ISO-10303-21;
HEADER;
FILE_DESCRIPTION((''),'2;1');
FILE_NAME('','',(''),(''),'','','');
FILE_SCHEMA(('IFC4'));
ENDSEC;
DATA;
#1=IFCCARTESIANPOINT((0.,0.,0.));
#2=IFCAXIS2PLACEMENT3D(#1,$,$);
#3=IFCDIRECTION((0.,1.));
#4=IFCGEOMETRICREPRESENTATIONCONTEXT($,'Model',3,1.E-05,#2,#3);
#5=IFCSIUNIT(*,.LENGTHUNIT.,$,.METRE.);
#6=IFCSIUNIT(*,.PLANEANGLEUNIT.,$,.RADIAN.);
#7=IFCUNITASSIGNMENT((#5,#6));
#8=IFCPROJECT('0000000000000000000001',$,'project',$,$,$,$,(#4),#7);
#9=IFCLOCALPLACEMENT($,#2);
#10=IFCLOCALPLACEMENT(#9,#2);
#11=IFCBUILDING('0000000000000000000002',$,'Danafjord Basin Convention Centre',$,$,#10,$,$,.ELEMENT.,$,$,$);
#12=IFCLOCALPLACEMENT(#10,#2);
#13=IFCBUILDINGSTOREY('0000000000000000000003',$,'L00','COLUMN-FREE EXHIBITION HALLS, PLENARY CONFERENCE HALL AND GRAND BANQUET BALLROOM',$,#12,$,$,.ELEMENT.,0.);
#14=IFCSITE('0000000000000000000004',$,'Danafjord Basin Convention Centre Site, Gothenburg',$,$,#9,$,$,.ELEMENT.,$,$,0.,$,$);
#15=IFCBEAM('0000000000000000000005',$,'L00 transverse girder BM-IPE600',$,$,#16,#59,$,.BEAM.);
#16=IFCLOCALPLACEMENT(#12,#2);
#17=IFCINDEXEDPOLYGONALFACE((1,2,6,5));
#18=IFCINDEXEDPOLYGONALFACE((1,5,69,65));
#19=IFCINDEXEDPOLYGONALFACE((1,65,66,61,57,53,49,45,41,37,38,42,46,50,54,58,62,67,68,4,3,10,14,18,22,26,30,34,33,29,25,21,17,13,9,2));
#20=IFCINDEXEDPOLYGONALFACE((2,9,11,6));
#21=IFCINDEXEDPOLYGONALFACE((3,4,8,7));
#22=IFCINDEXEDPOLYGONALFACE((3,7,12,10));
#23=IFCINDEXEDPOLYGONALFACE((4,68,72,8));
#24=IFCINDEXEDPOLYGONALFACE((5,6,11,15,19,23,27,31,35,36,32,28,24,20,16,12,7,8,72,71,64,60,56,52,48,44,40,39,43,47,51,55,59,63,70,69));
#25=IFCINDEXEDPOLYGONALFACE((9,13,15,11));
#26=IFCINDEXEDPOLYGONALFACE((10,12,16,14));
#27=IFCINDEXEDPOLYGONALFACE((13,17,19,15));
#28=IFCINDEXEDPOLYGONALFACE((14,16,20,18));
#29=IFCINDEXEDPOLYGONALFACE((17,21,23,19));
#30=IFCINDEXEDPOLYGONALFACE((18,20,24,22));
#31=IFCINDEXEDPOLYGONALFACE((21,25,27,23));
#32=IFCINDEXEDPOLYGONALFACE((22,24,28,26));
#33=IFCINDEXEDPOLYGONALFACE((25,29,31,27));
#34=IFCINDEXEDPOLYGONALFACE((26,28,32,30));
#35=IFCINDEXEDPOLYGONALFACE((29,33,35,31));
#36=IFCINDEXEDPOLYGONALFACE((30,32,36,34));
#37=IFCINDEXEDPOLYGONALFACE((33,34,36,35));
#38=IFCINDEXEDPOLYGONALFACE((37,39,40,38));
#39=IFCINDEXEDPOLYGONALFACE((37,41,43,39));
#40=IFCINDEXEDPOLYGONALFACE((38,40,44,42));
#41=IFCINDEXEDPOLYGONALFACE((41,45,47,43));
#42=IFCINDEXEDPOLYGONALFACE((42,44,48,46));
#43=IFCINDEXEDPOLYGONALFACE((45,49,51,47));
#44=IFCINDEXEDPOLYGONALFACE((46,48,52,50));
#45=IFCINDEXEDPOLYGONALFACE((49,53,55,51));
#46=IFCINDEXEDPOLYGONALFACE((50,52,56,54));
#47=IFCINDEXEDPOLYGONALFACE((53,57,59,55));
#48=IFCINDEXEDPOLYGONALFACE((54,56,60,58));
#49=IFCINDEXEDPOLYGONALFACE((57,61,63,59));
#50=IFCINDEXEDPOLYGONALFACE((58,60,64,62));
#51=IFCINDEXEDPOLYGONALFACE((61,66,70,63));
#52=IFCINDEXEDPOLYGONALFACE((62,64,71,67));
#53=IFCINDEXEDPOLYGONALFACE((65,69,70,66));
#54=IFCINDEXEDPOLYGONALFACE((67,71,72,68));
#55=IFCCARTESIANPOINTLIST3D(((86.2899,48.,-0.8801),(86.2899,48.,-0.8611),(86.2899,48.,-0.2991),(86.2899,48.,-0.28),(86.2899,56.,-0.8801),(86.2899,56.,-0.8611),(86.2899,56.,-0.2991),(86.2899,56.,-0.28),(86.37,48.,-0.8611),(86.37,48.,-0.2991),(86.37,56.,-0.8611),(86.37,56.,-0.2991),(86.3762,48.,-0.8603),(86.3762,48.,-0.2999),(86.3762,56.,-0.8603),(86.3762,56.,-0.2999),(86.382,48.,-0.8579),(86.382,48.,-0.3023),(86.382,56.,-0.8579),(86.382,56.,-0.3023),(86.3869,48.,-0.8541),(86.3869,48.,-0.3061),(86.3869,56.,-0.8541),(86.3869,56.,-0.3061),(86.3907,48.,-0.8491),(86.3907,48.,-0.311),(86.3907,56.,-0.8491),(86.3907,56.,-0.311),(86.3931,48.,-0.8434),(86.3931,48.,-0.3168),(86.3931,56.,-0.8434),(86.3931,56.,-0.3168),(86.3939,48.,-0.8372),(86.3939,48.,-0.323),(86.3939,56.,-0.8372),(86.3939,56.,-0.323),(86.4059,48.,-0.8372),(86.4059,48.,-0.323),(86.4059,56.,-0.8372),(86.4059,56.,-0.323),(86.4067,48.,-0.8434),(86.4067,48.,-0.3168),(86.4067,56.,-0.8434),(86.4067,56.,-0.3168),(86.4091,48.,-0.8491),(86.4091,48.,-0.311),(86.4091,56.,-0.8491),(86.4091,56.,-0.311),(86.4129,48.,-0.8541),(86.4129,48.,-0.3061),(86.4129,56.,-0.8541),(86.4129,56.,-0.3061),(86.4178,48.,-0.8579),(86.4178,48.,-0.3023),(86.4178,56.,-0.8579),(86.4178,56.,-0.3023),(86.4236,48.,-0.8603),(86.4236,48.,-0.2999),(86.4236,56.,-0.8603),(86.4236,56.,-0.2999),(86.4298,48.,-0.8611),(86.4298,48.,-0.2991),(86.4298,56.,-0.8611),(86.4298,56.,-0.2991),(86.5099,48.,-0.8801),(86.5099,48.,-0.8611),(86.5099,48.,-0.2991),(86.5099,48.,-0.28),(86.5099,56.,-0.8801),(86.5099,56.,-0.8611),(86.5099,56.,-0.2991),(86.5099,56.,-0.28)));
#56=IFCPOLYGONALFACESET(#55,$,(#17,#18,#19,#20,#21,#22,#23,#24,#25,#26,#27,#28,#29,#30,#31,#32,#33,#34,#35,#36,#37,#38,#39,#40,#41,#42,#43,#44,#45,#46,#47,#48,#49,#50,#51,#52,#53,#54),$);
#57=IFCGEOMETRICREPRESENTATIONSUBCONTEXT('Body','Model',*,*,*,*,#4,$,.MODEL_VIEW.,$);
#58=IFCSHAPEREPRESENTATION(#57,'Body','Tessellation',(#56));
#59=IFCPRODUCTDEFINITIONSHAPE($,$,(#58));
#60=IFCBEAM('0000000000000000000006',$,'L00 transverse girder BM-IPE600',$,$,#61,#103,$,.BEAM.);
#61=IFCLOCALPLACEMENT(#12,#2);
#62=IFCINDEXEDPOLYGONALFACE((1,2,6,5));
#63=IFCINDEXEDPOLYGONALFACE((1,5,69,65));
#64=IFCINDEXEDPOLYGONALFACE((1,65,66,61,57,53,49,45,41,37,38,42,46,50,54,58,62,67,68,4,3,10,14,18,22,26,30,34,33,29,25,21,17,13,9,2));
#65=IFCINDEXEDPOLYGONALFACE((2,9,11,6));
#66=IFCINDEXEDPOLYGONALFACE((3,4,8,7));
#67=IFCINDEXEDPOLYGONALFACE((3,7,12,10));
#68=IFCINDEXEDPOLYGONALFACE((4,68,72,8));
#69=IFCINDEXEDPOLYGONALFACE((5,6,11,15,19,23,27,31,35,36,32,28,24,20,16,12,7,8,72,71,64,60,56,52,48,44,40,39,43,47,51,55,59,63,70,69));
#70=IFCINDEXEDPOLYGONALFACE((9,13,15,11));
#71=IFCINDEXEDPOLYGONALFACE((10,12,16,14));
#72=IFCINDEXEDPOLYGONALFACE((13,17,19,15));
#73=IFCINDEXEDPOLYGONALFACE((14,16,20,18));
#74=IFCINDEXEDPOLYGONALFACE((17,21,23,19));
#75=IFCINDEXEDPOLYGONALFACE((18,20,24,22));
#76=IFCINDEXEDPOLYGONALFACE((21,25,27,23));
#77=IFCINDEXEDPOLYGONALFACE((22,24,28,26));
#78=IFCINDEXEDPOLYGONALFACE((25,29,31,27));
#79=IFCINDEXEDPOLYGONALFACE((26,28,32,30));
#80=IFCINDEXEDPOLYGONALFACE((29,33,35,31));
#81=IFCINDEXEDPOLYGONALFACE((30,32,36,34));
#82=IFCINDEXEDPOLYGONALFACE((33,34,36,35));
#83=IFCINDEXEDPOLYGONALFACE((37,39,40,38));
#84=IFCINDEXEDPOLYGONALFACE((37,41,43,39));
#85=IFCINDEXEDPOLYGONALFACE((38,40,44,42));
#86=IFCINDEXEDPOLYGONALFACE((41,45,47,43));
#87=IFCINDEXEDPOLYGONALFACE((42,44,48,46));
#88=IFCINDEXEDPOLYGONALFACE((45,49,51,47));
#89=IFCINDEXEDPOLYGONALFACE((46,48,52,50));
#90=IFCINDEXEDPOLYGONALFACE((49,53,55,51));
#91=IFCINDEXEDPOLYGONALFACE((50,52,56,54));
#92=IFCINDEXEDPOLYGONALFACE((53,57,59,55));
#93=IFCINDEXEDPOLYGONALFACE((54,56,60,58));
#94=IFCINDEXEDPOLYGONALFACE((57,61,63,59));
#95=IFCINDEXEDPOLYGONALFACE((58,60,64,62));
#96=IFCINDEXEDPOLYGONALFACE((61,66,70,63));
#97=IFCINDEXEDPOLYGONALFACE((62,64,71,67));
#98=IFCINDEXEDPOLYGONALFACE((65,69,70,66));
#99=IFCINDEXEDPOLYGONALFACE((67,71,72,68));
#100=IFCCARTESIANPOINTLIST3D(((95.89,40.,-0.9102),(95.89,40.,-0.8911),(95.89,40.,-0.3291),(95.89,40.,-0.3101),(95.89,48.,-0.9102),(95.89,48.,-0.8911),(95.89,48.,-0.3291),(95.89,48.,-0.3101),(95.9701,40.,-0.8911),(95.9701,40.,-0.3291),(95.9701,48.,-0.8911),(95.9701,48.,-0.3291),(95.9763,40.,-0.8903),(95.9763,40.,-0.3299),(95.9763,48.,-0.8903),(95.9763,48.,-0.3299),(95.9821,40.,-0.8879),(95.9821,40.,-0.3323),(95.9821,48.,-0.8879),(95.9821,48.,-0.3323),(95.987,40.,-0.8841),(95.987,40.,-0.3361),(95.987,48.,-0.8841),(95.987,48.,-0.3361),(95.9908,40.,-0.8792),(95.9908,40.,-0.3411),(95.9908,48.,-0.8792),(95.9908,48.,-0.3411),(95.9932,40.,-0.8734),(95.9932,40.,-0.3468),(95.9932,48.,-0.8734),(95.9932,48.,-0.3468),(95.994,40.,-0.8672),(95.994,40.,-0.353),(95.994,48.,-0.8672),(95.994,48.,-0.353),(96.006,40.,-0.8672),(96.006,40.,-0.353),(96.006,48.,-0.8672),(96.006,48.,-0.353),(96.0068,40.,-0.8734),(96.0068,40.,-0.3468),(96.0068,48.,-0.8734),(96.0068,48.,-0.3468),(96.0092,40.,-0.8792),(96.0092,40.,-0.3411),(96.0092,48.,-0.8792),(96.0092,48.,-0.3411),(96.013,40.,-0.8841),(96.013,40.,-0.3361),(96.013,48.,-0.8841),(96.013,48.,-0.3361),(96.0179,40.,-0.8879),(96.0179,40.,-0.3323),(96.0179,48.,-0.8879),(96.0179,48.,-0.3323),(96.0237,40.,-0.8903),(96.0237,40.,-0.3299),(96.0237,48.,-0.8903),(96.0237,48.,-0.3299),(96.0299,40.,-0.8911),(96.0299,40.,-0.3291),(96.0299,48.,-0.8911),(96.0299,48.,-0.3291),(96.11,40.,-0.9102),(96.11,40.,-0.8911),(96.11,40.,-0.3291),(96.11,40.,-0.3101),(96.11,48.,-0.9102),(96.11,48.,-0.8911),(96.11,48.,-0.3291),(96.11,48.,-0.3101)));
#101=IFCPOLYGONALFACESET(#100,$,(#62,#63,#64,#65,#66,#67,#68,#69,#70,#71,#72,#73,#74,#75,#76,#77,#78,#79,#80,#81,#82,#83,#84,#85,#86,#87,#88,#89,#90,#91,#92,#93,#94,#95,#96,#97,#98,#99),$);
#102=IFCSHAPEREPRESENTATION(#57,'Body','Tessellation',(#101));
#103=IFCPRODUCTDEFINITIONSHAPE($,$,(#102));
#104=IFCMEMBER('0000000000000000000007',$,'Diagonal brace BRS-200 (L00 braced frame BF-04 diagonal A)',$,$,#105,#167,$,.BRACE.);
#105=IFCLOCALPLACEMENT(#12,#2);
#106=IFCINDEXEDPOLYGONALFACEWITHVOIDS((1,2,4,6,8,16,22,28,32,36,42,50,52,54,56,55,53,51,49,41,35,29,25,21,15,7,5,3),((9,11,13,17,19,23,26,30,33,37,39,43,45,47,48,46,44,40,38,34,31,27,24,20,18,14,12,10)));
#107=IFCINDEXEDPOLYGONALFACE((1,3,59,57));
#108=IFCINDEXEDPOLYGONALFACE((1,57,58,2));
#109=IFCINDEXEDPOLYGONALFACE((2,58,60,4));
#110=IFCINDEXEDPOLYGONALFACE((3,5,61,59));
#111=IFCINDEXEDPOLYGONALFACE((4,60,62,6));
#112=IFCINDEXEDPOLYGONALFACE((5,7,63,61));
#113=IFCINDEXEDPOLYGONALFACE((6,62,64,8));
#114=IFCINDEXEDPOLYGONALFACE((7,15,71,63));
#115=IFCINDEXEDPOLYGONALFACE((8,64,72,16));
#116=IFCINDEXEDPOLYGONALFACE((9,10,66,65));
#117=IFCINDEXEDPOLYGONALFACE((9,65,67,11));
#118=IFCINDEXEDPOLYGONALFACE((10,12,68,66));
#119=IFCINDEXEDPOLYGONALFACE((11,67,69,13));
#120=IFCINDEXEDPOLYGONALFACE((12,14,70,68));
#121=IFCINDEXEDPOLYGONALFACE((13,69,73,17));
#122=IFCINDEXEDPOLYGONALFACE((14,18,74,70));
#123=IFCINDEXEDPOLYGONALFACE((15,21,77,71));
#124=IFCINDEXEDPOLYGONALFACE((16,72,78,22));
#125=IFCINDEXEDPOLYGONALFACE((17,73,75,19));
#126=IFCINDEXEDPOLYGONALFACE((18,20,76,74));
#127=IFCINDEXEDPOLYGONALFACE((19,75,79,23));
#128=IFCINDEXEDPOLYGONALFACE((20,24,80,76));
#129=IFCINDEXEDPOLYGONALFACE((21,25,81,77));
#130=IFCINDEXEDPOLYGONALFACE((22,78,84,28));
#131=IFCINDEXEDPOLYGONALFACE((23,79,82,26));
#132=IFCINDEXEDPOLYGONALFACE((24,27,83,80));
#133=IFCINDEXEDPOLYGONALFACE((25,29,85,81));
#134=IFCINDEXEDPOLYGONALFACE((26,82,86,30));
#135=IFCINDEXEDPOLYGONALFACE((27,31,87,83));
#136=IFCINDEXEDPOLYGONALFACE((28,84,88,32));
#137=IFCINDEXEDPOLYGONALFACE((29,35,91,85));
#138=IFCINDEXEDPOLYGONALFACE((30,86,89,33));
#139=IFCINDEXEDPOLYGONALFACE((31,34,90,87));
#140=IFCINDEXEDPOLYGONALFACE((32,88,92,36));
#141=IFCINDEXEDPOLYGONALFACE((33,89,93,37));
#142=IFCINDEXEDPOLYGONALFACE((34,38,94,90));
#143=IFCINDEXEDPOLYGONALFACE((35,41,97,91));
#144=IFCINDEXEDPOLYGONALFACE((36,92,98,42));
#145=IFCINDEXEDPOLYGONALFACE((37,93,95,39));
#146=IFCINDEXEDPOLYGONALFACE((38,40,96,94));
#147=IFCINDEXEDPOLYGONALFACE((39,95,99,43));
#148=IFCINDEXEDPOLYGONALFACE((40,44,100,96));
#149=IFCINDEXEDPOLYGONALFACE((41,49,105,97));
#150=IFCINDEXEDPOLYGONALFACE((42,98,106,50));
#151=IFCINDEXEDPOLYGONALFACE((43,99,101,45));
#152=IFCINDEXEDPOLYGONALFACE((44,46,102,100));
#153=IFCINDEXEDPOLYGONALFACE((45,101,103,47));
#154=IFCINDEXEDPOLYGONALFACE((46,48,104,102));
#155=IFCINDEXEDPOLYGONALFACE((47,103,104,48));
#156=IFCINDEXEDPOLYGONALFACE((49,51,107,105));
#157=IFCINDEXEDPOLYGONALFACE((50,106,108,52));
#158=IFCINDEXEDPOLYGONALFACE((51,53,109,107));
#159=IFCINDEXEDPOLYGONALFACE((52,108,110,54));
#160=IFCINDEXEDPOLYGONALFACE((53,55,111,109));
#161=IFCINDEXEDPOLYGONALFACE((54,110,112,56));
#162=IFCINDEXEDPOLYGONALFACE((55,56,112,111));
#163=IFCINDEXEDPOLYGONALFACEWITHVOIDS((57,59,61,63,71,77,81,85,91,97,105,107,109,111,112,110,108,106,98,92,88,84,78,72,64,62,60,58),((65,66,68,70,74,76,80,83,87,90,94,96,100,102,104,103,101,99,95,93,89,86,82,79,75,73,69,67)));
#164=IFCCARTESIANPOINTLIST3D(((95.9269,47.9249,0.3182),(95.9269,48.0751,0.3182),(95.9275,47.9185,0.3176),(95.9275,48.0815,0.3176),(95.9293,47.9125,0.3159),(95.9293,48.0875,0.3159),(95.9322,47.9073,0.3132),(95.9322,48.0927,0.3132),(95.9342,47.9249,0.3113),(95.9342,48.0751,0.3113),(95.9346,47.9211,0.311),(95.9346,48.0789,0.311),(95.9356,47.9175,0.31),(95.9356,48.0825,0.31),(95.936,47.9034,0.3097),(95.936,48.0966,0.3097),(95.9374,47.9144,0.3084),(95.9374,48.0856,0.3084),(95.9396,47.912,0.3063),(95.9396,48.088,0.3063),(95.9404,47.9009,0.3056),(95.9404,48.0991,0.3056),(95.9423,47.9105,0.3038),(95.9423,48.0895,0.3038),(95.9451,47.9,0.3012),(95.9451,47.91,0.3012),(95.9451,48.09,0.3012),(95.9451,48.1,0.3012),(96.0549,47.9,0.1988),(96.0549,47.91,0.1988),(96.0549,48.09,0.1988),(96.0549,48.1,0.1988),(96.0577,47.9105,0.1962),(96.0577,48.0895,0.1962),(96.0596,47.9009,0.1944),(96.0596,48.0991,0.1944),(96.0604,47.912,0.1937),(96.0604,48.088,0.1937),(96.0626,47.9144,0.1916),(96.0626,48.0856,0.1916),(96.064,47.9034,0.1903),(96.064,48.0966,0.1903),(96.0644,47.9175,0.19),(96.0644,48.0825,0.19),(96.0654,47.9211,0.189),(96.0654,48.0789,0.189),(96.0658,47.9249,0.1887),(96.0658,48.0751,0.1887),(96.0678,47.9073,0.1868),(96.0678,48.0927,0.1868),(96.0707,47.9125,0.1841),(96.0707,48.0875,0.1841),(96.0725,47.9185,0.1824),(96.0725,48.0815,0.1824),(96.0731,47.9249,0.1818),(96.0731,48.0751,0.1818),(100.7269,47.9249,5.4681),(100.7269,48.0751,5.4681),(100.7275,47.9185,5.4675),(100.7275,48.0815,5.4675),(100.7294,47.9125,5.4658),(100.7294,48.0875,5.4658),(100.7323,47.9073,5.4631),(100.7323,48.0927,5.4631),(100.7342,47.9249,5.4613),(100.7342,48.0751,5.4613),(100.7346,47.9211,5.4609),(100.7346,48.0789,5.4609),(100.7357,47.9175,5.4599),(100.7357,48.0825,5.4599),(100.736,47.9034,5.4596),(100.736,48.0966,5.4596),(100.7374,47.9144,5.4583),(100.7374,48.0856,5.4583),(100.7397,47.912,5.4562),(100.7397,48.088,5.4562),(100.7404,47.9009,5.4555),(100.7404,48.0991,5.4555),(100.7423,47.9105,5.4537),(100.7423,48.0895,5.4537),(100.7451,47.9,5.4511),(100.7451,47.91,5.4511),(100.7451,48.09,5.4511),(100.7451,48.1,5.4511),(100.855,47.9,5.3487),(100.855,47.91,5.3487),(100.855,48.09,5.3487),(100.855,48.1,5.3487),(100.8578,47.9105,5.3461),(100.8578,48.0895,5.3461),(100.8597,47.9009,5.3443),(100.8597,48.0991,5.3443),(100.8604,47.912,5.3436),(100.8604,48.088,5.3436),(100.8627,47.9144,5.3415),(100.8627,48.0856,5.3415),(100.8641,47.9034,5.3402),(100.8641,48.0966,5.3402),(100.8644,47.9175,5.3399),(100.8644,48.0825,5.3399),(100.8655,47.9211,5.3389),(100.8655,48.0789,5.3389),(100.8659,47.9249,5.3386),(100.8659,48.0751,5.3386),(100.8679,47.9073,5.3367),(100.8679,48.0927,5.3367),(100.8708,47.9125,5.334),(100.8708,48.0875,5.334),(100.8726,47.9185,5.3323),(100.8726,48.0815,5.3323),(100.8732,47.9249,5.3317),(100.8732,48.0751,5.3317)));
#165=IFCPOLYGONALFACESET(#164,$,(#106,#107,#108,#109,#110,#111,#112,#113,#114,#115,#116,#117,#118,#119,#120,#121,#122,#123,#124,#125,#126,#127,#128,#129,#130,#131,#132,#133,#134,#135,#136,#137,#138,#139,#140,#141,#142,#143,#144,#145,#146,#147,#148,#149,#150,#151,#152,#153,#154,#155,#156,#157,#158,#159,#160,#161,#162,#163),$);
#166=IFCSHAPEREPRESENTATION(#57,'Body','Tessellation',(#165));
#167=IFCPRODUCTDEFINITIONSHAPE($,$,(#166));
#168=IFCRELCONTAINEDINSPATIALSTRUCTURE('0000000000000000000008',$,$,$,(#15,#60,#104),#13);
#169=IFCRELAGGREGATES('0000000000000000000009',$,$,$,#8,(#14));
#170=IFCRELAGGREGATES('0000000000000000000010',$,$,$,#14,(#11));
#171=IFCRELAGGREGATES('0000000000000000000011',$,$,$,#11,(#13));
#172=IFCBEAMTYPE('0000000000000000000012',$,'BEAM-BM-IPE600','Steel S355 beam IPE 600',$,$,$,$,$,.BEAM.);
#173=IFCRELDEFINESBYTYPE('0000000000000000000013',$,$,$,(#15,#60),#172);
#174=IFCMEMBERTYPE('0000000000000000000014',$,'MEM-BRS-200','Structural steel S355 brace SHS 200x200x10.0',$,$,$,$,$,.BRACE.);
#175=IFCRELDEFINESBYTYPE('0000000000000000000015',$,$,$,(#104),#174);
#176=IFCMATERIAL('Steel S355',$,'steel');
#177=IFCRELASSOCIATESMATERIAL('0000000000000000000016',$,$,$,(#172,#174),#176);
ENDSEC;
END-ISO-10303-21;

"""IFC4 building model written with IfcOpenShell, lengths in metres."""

from ifc_helpers import new_model, si_unit, direction, frame, origin, origin_2d, place, context, subcontext, project, spatial, hollow_rectangle, i_section, extrude, material, material_profile, profile_set, type_object, element, save


model = new_model("IFC4")

# Units and contexts
model_context = context("Model", 3, precision=1e-05, world=origin(), true_north=direction((0.0, 1.0)))
body_context = subcontext(model_context, "Body", "Model", "MODEL_VIEW")
ifc_project = project(units=[si_unit("LENGTHUNIT", "METRE"), si_unit("PLANEANGLEUNIT", "RADIAN")], contexts=[model_context])

# Site, building, storey
site_placement = place(None, origin())
site = spatial("IfcSite", under=ifc_project, at=site_placement, Name="Danafjord Basin Convention Centre Site, Gothenburg", CompositionType="ELEMENT", RefElevation=0.0)
building_placement = place(site_placement, origin())
building = spatial("IfcBuilding", under=site, at=building_placement, Name="Danafjord Basin Convention Centre", CompositionType="ELEMENT")
storey_placement = place(building_placement, origin())
storey = spatial("IfcBuildingStorey", under=building, at=storey_placement, Name="L00", Description="COLUMN-FREE EXHIBITION HALLS, PLENARY CONFERENCE HALL AND GRAND BANQUET BALLROOM", CompositionType="ELEMENT", Elevation=0.0)

# Shared definitions
ifc_material_1 = material(Name="Steel S355", Category="steel")

# Beams
ifc_material_profile_1 = material_profile(ifc_material_1, i_section(OverallWidth=0.22, OverallDepth=0.6001, WebThickness=0.012, FlangeThickness=0.019, FilletRadius=0.0239, at=origin_2d()), Name="IPE 600")
ifc_profile_set_1 = profile_set([ifc_material_profile_1], Name="Steel S355")
beam_type_1 = type_object("IfcBeamType", Name="BEAM-BM-IPE600", Description="Steel S355 beam IPE 600", PredefinedType="BEAM", material=ifc_profile_set_1)
for number, where, z_axis, x_axis, name in (
    (1, (86.3999, 48.0, -0.5801), (0.0, 1.0, 0.0), (-1.0, 0.0, 0.0), "L00 transverse girder BM-IPE600"),
    (2, (96.0, 40.0, -0.6101), (0.0, 1.0, 0.0), (-1.0, 0.0, 0.0), "L00 transverse girder BM-IPE600"),
):
    element("IfcBeam", number, at=place(storey_placement, frame(where, z_axis=z_axis, x_axis=x_axis)), inside=storey, type_object=beam_type_1, Name=name, PredefinedType="BEAM", context=body_context, shape_type="SweptSolid", body=[
        extrude(i_section(OverallWidth=0.22, OverallDepth=0.6001, WebThickness=0.012, FlangeThickness=0.019, FilletRadius=0.0239, at=origin_2d()), origin(), (0.0, 0.0, 1.0), 8.0),
    ])

# Member
ifc_material_profile_2 = material_profile(ifc_material_1, hollow_rectangle(XDim=0.2, YDim=0.2, WallThickness=0.01, InnerFilletRadius=0.0149, OuterFilletRadius=0.0249, at=origin_2d()), Name="SHS 200x200x10.0")
ifc_profile_set_2 = profile_set([ifc_material_profile_2], Name="Steel S355")
member_type = type_object("IfcMemberType", Name="MEM-BRS-200", Description="Structural steel S355 brace SHS 200x200x10.0", PredefinedType="BRACE", material=ifc_profile_set_2)
member_placement = place(storey_placement, frame((96.0, 48.0, 0.25), z_axis=(0.681823, 0.0, 0.731518), x_axis=(0.0, 1.0, 0.0)))
element("IfcMember", 3, at=member_placement, inside=storey, type_object=member_type, Name="Diagonal brace BRS-200 (L00 braced frame BF-04 diagonal A)", PredefinedType="BRACE", context=body_context, shape_type="SweptSolid", body=[
    extrude(hollow_rectangle(XDim=0.2, YDim=0.2, WallThickness=0.01, InnerFilletRadius=0.0149, OuterFilletRadius=0.0249, at=origin_2d()), origin(), (0.0, 0.0, 1.0), 7.04),
])

save(model, "model.ifc")
